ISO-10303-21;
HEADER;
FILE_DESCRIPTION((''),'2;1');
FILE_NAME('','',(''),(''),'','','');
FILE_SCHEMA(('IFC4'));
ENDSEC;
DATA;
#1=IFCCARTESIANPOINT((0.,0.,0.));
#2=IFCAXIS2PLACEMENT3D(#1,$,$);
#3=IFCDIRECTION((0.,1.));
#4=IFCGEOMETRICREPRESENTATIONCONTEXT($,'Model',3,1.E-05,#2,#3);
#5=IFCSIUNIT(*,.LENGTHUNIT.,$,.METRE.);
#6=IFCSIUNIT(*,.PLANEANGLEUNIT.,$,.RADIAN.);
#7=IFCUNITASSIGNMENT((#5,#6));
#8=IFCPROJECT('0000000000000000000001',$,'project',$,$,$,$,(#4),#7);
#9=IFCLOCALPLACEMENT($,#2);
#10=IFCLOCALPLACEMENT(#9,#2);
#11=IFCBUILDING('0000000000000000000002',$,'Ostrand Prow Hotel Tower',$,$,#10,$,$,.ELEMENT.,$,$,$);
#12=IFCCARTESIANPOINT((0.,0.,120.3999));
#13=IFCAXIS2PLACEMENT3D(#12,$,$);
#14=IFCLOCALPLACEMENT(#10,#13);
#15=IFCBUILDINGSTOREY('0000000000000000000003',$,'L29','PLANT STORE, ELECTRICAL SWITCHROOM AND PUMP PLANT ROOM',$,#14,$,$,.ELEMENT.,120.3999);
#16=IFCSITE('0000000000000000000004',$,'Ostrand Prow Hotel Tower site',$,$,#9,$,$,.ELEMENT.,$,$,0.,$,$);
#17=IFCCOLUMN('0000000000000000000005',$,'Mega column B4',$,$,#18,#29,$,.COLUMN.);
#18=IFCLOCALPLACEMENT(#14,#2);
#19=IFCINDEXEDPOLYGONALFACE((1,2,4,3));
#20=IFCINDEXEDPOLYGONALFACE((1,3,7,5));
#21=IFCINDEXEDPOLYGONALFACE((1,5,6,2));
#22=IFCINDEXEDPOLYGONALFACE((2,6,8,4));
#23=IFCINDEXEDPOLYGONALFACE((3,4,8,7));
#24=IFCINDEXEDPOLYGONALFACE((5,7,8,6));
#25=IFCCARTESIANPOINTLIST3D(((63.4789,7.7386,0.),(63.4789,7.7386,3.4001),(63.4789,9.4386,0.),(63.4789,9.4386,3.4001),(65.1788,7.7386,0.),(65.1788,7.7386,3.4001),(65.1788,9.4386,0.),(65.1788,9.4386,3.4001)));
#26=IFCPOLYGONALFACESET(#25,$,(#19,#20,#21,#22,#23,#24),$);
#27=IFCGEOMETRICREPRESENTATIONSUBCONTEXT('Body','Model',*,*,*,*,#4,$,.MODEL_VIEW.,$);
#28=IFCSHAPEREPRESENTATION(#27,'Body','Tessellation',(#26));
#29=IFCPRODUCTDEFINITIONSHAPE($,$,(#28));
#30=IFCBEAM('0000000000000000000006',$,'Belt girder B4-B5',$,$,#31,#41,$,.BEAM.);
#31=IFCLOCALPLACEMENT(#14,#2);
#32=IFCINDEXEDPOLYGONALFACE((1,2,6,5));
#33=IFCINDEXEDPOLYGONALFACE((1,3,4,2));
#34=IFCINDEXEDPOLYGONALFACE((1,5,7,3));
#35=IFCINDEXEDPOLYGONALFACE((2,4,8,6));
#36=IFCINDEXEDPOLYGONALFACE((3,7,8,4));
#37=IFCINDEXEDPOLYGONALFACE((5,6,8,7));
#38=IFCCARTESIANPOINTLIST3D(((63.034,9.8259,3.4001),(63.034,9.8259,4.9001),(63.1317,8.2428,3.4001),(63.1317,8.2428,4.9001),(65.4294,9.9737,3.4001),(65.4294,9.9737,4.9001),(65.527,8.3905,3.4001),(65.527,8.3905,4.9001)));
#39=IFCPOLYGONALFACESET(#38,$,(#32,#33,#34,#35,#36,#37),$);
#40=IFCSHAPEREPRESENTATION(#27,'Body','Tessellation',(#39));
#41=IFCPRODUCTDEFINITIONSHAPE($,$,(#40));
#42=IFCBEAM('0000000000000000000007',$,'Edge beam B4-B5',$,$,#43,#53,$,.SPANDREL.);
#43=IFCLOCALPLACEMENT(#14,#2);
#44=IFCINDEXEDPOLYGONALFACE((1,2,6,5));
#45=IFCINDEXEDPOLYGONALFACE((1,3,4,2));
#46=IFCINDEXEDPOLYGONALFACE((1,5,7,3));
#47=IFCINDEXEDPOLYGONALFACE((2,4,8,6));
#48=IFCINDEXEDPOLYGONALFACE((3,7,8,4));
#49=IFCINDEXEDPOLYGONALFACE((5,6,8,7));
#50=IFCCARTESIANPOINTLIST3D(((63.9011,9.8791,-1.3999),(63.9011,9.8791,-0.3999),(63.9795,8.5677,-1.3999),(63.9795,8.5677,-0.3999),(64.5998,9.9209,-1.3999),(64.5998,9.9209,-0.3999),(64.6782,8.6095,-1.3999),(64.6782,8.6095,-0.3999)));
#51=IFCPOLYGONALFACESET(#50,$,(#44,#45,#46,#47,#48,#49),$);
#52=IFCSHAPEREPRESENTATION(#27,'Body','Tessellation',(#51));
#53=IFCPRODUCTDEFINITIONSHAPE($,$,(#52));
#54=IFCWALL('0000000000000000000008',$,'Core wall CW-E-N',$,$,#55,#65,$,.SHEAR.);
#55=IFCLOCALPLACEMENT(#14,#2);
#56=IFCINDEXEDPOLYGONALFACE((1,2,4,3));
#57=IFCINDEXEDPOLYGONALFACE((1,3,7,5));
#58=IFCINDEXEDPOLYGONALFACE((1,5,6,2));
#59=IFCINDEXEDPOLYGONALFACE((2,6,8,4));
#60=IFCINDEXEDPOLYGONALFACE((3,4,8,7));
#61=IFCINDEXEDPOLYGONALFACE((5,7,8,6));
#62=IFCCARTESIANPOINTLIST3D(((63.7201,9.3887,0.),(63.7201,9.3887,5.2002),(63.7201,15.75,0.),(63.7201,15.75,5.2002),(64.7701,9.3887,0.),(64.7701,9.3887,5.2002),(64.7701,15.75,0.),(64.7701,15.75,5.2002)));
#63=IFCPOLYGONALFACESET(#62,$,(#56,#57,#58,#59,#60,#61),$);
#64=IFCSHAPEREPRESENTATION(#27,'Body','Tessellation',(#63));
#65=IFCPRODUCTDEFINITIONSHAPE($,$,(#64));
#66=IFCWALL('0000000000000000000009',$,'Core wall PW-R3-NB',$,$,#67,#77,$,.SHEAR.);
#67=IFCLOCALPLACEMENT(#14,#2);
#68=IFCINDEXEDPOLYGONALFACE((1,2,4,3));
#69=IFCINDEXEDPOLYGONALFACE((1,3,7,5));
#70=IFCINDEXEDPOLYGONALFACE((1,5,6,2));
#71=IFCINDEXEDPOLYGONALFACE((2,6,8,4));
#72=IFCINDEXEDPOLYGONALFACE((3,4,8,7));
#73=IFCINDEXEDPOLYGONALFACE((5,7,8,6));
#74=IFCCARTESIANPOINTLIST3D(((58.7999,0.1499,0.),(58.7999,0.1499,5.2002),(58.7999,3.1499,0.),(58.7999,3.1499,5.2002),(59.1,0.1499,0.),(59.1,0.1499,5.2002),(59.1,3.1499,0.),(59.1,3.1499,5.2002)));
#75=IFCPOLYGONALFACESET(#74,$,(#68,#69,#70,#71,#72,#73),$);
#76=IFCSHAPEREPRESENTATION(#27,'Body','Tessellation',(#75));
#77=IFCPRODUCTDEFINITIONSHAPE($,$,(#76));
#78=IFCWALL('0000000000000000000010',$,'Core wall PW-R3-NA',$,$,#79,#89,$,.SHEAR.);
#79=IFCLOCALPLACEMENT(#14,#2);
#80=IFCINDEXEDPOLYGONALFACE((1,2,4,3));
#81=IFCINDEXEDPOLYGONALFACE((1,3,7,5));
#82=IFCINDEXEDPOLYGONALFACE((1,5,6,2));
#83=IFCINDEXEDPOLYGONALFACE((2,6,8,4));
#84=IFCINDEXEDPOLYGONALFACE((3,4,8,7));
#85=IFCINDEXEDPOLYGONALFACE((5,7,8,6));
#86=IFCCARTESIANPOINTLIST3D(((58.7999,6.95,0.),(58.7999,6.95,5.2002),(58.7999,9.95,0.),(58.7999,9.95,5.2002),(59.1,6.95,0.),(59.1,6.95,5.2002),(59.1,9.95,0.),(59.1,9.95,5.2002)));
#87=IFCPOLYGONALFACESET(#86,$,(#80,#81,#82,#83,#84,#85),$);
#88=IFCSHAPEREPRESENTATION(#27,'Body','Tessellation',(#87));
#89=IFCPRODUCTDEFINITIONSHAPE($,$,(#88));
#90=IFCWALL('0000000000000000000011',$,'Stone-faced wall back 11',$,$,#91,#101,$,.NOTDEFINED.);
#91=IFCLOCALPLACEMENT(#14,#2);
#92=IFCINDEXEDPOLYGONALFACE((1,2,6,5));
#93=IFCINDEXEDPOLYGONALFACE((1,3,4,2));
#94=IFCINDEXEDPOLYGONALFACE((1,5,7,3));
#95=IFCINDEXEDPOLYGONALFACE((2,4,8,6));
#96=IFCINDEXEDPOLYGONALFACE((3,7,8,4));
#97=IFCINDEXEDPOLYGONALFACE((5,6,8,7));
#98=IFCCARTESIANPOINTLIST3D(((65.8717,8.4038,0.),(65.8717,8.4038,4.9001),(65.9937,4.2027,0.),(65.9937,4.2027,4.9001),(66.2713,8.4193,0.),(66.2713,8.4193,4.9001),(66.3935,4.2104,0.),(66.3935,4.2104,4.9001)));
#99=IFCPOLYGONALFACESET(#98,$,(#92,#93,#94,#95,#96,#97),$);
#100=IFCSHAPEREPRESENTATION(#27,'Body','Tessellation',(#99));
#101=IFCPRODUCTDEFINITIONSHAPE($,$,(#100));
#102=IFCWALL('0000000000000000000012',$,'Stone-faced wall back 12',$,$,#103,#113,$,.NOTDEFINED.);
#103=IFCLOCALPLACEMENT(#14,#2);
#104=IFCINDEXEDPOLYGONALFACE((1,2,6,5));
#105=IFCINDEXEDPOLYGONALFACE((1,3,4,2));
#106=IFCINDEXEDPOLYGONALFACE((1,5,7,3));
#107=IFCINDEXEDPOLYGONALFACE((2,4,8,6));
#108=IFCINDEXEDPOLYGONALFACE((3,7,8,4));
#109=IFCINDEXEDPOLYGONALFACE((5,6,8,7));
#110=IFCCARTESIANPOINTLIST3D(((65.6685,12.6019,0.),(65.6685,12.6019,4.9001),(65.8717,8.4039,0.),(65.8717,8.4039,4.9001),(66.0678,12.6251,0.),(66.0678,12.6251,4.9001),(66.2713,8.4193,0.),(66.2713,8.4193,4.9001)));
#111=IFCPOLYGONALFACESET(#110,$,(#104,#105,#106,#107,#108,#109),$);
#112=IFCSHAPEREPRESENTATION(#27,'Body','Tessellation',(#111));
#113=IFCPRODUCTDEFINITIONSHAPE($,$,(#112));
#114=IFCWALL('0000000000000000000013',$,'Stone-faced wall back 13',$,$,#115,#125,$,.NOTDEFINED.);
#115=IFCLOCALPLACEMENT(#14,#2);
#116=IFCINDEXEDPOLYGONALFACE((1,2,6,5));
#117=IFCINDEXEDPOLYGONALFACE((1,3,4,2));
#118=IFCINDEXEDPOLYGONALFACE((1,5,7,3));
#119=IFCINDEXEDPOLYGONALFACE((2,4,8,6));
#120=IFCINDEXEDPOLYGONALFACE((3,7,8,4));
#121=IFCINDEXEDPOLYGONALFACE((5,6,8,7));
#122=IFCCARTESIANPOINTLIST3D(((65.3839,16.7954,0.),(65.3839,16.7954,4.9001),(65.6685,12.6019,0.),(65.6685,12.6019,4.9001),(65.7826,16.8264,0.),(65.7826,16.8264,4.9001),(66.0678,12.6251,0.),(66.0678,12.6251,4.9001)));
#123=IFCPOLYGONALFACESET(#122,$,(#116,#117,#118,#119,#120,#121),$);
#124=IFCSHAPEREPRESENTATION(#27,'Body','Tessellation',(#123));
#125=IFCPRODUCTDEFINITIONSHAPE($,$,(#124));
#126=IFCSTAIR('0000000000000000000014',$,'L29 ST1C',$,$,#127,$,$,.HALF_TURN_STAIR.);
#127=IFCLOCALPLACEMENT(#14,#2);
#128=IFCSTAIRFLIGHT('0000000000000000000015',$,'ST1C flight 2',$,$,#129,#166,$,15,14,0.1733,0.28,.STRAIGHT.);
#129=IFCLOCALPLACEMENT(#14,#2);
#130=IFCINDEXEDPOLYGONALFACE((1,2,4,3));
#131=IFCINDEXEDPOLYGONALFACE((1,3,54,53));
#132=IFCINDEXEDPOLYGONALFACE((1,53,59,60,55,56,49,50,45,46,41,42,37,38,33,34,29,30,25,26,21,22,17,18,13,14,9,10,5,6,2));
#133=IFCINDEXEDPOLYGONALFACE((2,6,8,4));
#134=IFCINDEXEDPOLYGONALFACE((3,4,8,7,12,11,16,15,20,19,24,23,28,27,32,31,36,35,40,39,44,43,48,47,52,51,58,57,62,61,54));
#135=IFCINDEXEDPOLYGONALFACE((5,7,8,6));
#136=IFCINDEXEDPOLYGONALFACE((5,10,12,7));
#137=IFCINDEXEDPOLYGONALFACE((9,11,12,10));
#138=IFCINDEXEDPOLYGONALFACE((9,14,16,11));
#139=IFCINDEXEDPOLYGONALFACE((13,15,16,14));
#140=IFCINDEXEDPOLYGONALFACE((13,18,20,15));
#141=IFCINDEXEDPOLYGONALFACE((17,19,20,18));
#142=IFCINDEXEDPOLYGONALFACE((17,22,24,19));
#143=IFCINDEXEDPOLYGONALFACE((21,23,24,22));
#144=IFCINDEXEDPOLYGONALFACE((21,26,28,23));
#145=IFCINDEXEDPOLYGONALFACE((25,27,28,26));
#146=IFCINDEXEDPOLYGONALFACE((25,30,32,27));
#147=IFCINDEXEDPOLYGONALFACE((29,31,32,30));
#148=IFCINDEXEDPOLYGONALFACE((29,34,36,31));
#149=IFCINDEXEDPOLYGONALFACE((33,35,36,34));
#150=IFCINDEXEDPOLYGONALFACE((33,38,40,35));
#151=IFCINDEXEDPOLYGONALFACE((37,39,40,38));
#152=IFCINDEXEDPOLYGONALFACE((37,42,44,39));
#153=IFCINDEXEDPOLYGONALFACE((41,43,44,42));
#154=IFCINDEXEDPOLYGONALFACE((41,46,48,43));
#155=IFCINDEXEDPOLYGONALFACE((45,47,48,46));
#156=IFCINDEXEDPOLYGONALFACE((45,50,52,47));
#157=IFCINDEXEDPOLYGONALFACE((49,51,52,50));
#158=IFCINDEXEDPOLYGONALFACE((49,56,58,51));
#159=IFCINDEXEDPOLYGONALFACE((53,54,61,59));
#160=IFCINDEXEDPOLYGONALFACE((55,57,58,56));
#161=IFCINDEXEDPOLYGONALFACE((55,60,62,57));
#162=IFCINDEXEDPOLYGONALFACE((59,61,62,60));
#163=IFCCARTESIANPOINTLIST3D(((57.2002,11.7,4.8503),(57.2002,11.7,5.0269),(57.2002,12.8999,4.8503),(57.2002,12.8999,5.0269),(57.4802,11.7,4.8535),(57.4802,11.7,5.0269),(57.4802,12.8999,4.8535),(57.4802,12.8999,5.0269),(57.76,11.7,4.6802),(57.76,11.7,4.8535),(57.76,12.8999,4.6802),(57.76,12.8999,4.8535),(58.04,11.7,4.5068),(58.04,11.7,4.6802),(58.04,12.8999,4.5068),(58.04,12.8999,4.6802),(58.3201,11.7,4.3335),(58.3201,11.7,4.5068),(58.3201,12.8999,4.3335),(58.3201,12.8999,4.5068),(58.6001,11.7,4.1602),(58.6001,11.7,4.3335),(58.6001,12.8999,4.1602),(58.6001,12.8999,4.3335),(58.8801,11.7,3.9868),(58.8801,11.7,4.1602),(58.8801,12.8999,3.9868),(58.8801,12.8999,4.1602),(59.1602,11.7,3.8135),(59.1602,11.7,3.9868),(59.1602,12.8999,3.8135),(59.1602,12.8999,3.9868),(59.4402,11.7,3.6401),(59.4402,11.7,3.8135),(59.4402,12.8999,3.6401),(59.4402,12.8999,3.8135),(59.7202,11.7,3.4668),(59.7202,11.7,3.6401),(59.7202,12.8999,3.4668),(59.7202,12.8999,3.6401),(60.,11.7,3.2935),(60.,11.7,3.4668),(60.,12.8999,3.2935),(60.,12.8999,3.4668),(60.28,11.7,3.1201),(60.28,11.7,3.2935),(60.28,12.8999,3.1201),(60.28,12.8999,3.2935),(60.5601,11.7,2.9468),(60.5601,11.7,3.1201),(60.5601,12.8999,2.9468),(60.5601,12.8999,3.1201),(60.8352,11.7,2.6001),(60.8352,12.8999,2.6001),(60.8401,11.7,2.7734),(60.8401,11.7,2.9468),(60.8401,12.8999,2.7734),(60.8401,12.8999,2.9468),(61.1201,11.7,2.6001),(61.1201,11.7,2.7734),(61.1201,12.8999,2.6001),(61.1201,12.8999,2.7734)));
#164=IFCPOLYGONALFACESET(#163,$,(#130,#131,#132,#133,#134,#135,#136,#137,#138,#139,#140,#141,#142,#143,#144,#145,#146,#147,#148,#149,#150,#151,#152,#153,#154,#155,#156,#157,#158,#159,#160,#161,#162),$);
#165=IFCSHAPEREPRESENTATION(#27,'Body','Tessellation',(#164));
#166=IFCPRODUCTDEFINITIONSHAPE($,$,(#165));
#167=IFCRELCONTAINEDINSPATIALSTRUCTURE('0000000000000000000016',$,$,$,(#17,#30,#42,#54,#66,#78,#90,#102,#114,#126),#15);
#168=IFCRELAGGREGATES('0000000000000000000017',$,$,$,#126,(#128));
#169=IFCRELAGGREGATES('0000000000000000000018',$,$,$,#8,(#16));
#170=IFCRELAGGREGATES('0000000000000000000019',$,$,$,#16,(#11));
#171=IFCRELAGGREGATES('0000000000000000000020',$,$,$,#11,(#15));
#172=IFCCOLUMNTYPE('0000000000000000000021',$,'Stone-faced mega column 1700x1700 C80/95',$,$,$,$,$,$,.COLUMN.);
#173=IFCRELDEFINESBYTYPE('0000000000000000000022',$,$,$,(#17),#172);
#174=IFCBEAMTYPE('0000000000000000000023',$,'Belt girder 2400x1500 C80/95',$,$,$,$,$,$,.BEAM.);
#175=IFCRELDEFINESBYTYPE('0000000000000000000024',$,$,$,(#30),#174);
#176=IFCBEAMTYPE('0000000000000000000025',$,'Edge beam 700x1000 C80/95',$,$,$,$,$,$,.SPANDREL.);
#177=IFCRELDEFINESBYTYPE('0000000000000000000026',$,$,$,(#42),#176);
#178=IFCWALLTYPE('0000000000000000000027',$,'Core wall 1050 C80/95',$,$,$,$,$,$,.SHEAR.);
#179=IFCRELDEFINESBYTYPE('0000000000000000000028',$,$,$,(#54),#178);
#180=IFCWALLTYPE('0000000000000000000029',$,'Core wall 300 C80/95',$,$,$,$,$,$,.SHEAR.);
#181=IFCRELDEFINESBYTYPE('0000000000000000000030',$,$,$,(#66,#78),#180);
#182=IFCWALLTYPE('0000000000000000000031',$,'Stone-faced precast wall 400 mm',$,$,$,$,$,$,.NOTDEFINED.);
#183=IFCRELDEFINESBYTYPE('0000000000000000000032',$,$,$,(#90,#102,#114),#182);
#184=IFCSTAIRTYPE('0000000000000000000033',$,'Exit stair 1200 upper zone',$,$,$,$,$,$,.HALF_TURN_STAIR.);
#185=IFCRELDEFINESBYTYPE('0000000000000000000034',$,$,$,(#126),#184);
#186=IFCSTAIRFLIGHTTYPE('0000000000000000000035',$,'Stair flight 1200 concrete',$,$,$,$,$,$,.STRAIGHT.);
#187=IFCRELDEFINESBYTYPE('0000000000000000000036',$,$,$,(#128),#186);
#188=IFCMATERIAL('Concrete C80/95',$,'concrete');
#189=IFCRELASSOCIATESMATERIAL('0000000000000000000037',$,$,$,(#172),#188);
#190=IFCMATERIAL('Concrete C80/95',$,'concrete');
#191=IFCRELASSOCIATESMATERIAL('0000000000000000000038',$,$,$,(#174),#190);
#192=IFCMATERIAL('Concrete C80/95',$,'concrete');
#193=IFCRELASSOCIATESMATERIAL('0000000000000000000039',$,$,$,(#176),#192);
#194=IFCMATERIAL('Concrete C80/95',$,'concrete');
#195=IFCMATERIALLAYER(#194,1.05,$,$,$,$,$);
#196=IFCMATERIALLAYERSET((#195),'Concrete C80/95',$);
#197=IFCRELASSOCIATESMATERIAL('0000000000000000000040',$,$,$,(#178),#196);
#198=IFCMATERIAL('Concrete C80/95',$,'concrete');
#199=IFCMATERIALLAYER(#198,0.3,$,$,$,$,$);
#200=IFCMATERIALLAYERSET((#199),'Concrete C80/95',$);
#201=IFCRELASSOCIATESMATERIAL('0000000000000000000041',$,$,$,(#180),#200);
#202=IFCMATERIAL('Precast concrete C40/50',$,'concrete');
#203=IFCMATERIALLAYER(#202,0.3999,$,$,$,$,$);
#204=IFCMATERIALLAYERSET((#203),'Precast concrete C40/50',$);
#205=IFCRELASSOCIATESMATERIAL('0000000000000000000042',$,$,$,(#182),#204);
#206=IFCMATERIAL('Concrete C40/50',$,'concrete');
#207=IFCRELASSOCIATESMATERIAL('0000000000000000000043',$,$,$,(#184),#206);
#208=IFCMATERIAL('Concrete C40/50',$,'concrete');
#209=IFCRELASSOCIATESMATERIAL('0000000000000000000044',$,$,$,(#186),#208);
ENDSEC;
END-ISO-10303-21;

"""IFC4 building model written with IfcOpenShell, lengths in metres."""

from ifc_helpers import new_model, si_unit, direction, frame, frame_2d, origin, origin_2d, place, context, subcontext, project, spatial, polyline, rectangle, outline, extrude, material, layer, layer_set, material_profile, profile_set, type_object, element, aggregate, save


model = new_model("IFC4")

# Units and contexts
model_context = context("Model", 3, precision=1e-05, world=origin(), true_north=direction((0.0, 1.0)))
body_context = subcontext(model_context, "Body", "Model", "MODEL_VIEW")
ifc_project = project(units=[si_unit("LENGTHUNIT", "METRE"), si_unit("PLANEANGLEUNIT", "RADIAN")], contexts=[model_context])

# Site, building, storey
site_placement = place(None, origin())
site = spatial("IfcSite", under=ifc_project, at=site_placement, Name="Ostrand Prow Hotel Tower site", CompositionType="ELEMENT", RefElevation=0.0)
building_placement = place(site_placement, origin())
building = spatial("IfcBuilding", under=site, at=building_placement, Name="Ostrand Prow Hotel Tower", CompositionType="ELEMENT")
storey_placement = place(building_placement, frame((0.0, 0.0, 120.3999)))
storey = spatial("IfcBuildingStorey", under=building, at=storey_placement, Name="L29", Description="PLANT STORE, ELECTRICAL SWITCHROOM AND PUMP PLANT ROOM", CompositionType="ELEMENT", Elevation=120.3999)

# Column
ifc_material_1 = material(Name="Concrete C80/95", Category="concrete")
ifc_material_profile_1 = material_profile(ifc_material_1, rectangle(XDim=1.7, YDim=1.7, at=origin_2d()), Name="RC 1700x1700")
ifc_profile_set_1 = profile_set([ifc_material_profile_1], Name="Concrete C80/95")
column_type = type_object("IfcColumnType", Name="Stone-faced mega column 1700x1700 C80/95", PredefinedType="COLUMN", material=ifc_profile_set_1)
column_placement = place(storey_placement, frame((64.3289, 8.5886, 0.0), z_axis=(0.0, 0.0, 1.0), x_axis=(1.0, 0.0, 0.0)))
element("IfcColumn", 1, at=column_placement, inside=storey, type_object=column_type, Name="Mega column B4", PredefinedType="COLUMN", context=body_context, shape_type="SweptSolid", body=[
    extrude(rectangle(XDim=1.7, YDim=1.7, at=origin_2d()), origin(), (0.0, 0.0, 1.0), 3.4001),
])

# Beams
ifc_material_2 = material(Name="Concrete C80/95", Category="concrete")
ifc_material_profile_2 = material_profile(ifc_material_2, rectangle(XDim=2.3999, YDim=1.5, at=origin_2d()), Name="RC 2400x1500")
ifc_profile_set_2 = profile_set([ifc_material_profile_2], Name="Concrete C80/95")
beam_type_1 = type_object("IfcBeamType", Name="Belt girder 2400x1500 C80/95", PredefinedType="BEAM", material=ifc_profile_set_2)
beam_1_placement = place(storey_placement, frame((64.3293, 8.3167, 4.1501), z_axis=(-0.061564, 0.998103, 0.0), x_axis=(-0.998103, -0.061564, 0.0)))
element("IfcBeam", 2, at=beam_1_placement, inside=storey, type_object=beam_type_1, Name="Belt girder B4-B5", PredefinedType="BEAM", context=body_context, shape_type="SweptSolid", body=[
    extrude(rectangle(XDim=2.3999, YDim=1.5, at=origin_2d()), origin(), (0.0, 0.0, 1.0), 1.5862),
])
ifc_material_3 = material(Name="Concrete C80/95", Category="concrete")
ifc_material_profile_3 = material_profile(ifc_material_3, rectangle(XDim=0.7, YDim=1.0, at=origin_2d()), Name="RC 700x1000")
ifc_profile_set_3 = profile_set([ifc_material_profile_3], Name="Concrete C80/95")
beam_type_2 = type_object("IfcBeamType", Name="Edge beam 700x1000 C80/95", PredefinedType="SPANDREL", material=ifc_profile_set_3)
beam_2_placement = place(storey_placement, frame((64.3289, 8.5886, -0.8999), z_axis=(-0.059659, 0.998219, 0.0), x_axis=(-0.998219, -0.059659, 0.0)))
element("IfcBeam", 3, at=beam_2_placement, inside=storey, type_object=beam_type_2, Name="Edge beam B4-B5", PredefinedType="SPANDREL", context=body_context, shape_type="SweptSolid", body=[
    extrude(rectangle(XDim=0.7, YDim=1.0, at=origin_2d()), origin(), (0.0, 0.0, 1.0), 1.3137),
])

# Walls
ifc_material_4 = material(Name="Concrete C80/95", Category="concrete")
ifc_layer_1 = layer(ifc_material_4, 1.05)
ifc_layer_set_1 = layer_set([ifc_layer_1], Name="Concrete C80/95")
wall_type_1 = type_object("IfcWallType", Name="Core wall 1050 C80/95", PredefinedType="SHEAR", material=ifc_layer_set_1)
wall_1_placement = place(storey_placement, frame((64.2451, 9.3887, 0.0), z_axis=(0.0, 0.0, 1.0), x_axis=(0.0, 1.0, 0.0)))
element("IfcWall", 4, at=wall_1_placement, inside=storey, type_object=wall_type_1, Name="Core wall CW-E-N", PredefinedType="SHEAR", context=body_context, shape_type="SweptSolid", body=[
    extrude(rectangle(XDim=6.3613, YDim=1.05, at=frame_2d((3.1807, 0.0))), origin(), (0.0, 0.0, 1.0), 5.2002),
])
ifc_material_5 = material(Name="Concrete C80/95", Category="concrete")
ifc_layer_2 = layer(ifc_material_5, 0.3)
ifc_layer_set_2 = layer_set([ifc_layer_2], Name="Concrete C80/95")
wall_type_2 = type_object("IfcWallType", Name="Core wall 300 C80/95", PredefinedType="SHEAR", material=ifc_layer_set_2)
for number, where, z_axis, x_axis, name in (
    (5, (58.95, 0.1499, 0.0), (0.0, 0.0, 1.0), (0.0, 1.0, 0.0), "Core wall PW-R3-NB"),
    (6, (58.95, 6.95, 0.0), (0.0, 0.0, 1.0), (0.0, 1.0, 0.0), "Core wall PW-R3-NA"),
):
    element("IfcWall", number, at=place(storey_placement, frame(where, z_axis=z_axis, x_axis=x_axis)), inside=storey, type_object=wall_type_2, Name=name, PredefinedType="SHEAR", context=body_context, shape_type="SweptSolid", body=[
        extrude(rectangle(XDim=3.0, YDim=0.3, at=frame_2d((1.5, 0.0))), origin(), (0.0, 0.0, 1.0), 5.2002),
    ])
ifc_material_6 = material(Name="Precast concrete C40/50", Category="concrete")
ifc_layer_3 = layer(ifc_material_6, 0.3999)
ifc_layer_set_3 = layer_set([ifc_layer_3], Name="Precast concrete C40/50")
wall_type_3 = type_object("IfcWallType", Name="Stone-faced precast wall 400 mm", PredefinedType="NOTDEFINED", material=ifc_layer_set_3)
for number, where, z_axis, x_axis, name in (
    (7, (66.1936, 4.2065, 0.0), (0.0, 0.0, 1.0), (-0.029017, 0.999579, 0.0), "Stone-faced wall back 11"),
    (8, (66.0715, 8.4116, 0.0), (0.0, 0.0, 1.0), (-0.048343, 0.998831, 0.0), "Stone-faced wall back 12"),
):
    element("IfcWall", number, at=place(storey_placement, frame(where, z_axis=z_axis, x_axis=x_axis)), inside=storey, type_object=wall_type_3, Name=name, PredefinedType="NOTDEFINED", context=body_context, shape_type="SweptSolid", body=[
        extrude(outline(polyline([(-0.002, -0.2), (4.2087, -0.2), (4.2048, 0.2), (0.002, 0.2), (-0.002, -0.2)])), origin(), (0.0, 0.0, 1.0), 4.9001),
    ])
wall_2_placement = place(storey_placement, frame((65.8682, 12.6135, 0.0), z_axis=(0.0, 0.0, 1.0), x_axis=(-0.067725, 0.997704, 0.0)))
element("IfcWall", 9, at=wall_2_placement, inside=storey, type_object=wall_type_3, Name="Stone-faced wall back 13", PredefinedType="NOTDEFINED", context=body_context, shape_type="SweptSolid", body=[
    extrude(outline(polyline([(-0.002, -0.2), (4.209, -0.2), (4.2051, 0.2), (0.002, 0.2), (-0.002, -0.2)])), origin(), (0.0, 0.0, 1.0), 4.9001),
])

# Stair, stair flight
ifc_material_7 = material(Name="Concrete C40/50", Category="concrete")
stair_type = type_object("IfcStairType", Name="Exit stair 1200 upper zone", PredefinedType="HALF_TURN_STAIR", material=ifc_material_7)
stair_1_placement = place(storey_placement, origin())
stair_1 = element("IfcStair", 10, at=stair_1_placement, inside=storey, type_object=stair_type, Name="L29 ST1C", PredefinedType="HALF_TURN_STAIR")
ifc_material_8 = material(Name="Concrete C40/50", Category="concrete")
stair_flight_type = type_object("IfcStairFlightType", Name="Stair flight 1200 concrete", PredefinedType="STRAIGHT", material=ifc_material_8)
stair_flight_1_placement = place(storey_placement, frame((61.1201, 12.3, 2.6001), z_axis=(0.0, 0.0, 1.0), x_axis=(-1.0, 0.0, 0.0)))
stair_flight_1 = element("IfcStairFlight", 11, at=stair_flight_1_placement, type_object=stair_flight_type, Name="ST1C flight 2", NumberOfRisers=15, NumberOfTreads=14, PredefinedType="STRAIGHT", RiserHeight=0.1733, TreadLength=0.28, context=body_context, shape_type="SweptSolid", body=[
    extrude(outline(polyline([(0.0, 0.0), (0.0, 0.1733), (0.28, 0.1733), (0.28, 0.3467), (0.5601, 0.3467), (0.5601, 0.52), (0.8401, 0.52), (0.8401, 0.6934), (1.1201, 0.6934), (1.1201, 0.8667), (1.3999, 0.8667), (1.3999, 1.04), (1.6799, 1.04), (1.6799, 1.2134), (1.96, 1.2134), (1.96, 1.3867), (2.24, 1.3867), (2.24, 1.5601), (2.52, 1.5601), (2.52, 1.7334), (2.8, 1.7334), (2.8, 1.9067), (3.0801, 1.9067), (3.0801, 2.0801), (3.3601, 2.0801), (3.3601, 2.2534), (3.6399, 2.2534), (3.6399, 2.4268), (3.9199, 2.4268), (3.9199, 2.6001), (3.9199, 2.2502), (0.2849, 0.0), (0.0, 0.0)])), frame((0.0, 0.6001, 0.0), z_axis=(0.0, -1.0, 0.0), x_axis=(1.0, 0.0, 0.0)), (0.0, 0.0, 1.0), 1.2),
])
aggregate(stair_1, [stair_flight_1])

save(model, "model.ifc")
